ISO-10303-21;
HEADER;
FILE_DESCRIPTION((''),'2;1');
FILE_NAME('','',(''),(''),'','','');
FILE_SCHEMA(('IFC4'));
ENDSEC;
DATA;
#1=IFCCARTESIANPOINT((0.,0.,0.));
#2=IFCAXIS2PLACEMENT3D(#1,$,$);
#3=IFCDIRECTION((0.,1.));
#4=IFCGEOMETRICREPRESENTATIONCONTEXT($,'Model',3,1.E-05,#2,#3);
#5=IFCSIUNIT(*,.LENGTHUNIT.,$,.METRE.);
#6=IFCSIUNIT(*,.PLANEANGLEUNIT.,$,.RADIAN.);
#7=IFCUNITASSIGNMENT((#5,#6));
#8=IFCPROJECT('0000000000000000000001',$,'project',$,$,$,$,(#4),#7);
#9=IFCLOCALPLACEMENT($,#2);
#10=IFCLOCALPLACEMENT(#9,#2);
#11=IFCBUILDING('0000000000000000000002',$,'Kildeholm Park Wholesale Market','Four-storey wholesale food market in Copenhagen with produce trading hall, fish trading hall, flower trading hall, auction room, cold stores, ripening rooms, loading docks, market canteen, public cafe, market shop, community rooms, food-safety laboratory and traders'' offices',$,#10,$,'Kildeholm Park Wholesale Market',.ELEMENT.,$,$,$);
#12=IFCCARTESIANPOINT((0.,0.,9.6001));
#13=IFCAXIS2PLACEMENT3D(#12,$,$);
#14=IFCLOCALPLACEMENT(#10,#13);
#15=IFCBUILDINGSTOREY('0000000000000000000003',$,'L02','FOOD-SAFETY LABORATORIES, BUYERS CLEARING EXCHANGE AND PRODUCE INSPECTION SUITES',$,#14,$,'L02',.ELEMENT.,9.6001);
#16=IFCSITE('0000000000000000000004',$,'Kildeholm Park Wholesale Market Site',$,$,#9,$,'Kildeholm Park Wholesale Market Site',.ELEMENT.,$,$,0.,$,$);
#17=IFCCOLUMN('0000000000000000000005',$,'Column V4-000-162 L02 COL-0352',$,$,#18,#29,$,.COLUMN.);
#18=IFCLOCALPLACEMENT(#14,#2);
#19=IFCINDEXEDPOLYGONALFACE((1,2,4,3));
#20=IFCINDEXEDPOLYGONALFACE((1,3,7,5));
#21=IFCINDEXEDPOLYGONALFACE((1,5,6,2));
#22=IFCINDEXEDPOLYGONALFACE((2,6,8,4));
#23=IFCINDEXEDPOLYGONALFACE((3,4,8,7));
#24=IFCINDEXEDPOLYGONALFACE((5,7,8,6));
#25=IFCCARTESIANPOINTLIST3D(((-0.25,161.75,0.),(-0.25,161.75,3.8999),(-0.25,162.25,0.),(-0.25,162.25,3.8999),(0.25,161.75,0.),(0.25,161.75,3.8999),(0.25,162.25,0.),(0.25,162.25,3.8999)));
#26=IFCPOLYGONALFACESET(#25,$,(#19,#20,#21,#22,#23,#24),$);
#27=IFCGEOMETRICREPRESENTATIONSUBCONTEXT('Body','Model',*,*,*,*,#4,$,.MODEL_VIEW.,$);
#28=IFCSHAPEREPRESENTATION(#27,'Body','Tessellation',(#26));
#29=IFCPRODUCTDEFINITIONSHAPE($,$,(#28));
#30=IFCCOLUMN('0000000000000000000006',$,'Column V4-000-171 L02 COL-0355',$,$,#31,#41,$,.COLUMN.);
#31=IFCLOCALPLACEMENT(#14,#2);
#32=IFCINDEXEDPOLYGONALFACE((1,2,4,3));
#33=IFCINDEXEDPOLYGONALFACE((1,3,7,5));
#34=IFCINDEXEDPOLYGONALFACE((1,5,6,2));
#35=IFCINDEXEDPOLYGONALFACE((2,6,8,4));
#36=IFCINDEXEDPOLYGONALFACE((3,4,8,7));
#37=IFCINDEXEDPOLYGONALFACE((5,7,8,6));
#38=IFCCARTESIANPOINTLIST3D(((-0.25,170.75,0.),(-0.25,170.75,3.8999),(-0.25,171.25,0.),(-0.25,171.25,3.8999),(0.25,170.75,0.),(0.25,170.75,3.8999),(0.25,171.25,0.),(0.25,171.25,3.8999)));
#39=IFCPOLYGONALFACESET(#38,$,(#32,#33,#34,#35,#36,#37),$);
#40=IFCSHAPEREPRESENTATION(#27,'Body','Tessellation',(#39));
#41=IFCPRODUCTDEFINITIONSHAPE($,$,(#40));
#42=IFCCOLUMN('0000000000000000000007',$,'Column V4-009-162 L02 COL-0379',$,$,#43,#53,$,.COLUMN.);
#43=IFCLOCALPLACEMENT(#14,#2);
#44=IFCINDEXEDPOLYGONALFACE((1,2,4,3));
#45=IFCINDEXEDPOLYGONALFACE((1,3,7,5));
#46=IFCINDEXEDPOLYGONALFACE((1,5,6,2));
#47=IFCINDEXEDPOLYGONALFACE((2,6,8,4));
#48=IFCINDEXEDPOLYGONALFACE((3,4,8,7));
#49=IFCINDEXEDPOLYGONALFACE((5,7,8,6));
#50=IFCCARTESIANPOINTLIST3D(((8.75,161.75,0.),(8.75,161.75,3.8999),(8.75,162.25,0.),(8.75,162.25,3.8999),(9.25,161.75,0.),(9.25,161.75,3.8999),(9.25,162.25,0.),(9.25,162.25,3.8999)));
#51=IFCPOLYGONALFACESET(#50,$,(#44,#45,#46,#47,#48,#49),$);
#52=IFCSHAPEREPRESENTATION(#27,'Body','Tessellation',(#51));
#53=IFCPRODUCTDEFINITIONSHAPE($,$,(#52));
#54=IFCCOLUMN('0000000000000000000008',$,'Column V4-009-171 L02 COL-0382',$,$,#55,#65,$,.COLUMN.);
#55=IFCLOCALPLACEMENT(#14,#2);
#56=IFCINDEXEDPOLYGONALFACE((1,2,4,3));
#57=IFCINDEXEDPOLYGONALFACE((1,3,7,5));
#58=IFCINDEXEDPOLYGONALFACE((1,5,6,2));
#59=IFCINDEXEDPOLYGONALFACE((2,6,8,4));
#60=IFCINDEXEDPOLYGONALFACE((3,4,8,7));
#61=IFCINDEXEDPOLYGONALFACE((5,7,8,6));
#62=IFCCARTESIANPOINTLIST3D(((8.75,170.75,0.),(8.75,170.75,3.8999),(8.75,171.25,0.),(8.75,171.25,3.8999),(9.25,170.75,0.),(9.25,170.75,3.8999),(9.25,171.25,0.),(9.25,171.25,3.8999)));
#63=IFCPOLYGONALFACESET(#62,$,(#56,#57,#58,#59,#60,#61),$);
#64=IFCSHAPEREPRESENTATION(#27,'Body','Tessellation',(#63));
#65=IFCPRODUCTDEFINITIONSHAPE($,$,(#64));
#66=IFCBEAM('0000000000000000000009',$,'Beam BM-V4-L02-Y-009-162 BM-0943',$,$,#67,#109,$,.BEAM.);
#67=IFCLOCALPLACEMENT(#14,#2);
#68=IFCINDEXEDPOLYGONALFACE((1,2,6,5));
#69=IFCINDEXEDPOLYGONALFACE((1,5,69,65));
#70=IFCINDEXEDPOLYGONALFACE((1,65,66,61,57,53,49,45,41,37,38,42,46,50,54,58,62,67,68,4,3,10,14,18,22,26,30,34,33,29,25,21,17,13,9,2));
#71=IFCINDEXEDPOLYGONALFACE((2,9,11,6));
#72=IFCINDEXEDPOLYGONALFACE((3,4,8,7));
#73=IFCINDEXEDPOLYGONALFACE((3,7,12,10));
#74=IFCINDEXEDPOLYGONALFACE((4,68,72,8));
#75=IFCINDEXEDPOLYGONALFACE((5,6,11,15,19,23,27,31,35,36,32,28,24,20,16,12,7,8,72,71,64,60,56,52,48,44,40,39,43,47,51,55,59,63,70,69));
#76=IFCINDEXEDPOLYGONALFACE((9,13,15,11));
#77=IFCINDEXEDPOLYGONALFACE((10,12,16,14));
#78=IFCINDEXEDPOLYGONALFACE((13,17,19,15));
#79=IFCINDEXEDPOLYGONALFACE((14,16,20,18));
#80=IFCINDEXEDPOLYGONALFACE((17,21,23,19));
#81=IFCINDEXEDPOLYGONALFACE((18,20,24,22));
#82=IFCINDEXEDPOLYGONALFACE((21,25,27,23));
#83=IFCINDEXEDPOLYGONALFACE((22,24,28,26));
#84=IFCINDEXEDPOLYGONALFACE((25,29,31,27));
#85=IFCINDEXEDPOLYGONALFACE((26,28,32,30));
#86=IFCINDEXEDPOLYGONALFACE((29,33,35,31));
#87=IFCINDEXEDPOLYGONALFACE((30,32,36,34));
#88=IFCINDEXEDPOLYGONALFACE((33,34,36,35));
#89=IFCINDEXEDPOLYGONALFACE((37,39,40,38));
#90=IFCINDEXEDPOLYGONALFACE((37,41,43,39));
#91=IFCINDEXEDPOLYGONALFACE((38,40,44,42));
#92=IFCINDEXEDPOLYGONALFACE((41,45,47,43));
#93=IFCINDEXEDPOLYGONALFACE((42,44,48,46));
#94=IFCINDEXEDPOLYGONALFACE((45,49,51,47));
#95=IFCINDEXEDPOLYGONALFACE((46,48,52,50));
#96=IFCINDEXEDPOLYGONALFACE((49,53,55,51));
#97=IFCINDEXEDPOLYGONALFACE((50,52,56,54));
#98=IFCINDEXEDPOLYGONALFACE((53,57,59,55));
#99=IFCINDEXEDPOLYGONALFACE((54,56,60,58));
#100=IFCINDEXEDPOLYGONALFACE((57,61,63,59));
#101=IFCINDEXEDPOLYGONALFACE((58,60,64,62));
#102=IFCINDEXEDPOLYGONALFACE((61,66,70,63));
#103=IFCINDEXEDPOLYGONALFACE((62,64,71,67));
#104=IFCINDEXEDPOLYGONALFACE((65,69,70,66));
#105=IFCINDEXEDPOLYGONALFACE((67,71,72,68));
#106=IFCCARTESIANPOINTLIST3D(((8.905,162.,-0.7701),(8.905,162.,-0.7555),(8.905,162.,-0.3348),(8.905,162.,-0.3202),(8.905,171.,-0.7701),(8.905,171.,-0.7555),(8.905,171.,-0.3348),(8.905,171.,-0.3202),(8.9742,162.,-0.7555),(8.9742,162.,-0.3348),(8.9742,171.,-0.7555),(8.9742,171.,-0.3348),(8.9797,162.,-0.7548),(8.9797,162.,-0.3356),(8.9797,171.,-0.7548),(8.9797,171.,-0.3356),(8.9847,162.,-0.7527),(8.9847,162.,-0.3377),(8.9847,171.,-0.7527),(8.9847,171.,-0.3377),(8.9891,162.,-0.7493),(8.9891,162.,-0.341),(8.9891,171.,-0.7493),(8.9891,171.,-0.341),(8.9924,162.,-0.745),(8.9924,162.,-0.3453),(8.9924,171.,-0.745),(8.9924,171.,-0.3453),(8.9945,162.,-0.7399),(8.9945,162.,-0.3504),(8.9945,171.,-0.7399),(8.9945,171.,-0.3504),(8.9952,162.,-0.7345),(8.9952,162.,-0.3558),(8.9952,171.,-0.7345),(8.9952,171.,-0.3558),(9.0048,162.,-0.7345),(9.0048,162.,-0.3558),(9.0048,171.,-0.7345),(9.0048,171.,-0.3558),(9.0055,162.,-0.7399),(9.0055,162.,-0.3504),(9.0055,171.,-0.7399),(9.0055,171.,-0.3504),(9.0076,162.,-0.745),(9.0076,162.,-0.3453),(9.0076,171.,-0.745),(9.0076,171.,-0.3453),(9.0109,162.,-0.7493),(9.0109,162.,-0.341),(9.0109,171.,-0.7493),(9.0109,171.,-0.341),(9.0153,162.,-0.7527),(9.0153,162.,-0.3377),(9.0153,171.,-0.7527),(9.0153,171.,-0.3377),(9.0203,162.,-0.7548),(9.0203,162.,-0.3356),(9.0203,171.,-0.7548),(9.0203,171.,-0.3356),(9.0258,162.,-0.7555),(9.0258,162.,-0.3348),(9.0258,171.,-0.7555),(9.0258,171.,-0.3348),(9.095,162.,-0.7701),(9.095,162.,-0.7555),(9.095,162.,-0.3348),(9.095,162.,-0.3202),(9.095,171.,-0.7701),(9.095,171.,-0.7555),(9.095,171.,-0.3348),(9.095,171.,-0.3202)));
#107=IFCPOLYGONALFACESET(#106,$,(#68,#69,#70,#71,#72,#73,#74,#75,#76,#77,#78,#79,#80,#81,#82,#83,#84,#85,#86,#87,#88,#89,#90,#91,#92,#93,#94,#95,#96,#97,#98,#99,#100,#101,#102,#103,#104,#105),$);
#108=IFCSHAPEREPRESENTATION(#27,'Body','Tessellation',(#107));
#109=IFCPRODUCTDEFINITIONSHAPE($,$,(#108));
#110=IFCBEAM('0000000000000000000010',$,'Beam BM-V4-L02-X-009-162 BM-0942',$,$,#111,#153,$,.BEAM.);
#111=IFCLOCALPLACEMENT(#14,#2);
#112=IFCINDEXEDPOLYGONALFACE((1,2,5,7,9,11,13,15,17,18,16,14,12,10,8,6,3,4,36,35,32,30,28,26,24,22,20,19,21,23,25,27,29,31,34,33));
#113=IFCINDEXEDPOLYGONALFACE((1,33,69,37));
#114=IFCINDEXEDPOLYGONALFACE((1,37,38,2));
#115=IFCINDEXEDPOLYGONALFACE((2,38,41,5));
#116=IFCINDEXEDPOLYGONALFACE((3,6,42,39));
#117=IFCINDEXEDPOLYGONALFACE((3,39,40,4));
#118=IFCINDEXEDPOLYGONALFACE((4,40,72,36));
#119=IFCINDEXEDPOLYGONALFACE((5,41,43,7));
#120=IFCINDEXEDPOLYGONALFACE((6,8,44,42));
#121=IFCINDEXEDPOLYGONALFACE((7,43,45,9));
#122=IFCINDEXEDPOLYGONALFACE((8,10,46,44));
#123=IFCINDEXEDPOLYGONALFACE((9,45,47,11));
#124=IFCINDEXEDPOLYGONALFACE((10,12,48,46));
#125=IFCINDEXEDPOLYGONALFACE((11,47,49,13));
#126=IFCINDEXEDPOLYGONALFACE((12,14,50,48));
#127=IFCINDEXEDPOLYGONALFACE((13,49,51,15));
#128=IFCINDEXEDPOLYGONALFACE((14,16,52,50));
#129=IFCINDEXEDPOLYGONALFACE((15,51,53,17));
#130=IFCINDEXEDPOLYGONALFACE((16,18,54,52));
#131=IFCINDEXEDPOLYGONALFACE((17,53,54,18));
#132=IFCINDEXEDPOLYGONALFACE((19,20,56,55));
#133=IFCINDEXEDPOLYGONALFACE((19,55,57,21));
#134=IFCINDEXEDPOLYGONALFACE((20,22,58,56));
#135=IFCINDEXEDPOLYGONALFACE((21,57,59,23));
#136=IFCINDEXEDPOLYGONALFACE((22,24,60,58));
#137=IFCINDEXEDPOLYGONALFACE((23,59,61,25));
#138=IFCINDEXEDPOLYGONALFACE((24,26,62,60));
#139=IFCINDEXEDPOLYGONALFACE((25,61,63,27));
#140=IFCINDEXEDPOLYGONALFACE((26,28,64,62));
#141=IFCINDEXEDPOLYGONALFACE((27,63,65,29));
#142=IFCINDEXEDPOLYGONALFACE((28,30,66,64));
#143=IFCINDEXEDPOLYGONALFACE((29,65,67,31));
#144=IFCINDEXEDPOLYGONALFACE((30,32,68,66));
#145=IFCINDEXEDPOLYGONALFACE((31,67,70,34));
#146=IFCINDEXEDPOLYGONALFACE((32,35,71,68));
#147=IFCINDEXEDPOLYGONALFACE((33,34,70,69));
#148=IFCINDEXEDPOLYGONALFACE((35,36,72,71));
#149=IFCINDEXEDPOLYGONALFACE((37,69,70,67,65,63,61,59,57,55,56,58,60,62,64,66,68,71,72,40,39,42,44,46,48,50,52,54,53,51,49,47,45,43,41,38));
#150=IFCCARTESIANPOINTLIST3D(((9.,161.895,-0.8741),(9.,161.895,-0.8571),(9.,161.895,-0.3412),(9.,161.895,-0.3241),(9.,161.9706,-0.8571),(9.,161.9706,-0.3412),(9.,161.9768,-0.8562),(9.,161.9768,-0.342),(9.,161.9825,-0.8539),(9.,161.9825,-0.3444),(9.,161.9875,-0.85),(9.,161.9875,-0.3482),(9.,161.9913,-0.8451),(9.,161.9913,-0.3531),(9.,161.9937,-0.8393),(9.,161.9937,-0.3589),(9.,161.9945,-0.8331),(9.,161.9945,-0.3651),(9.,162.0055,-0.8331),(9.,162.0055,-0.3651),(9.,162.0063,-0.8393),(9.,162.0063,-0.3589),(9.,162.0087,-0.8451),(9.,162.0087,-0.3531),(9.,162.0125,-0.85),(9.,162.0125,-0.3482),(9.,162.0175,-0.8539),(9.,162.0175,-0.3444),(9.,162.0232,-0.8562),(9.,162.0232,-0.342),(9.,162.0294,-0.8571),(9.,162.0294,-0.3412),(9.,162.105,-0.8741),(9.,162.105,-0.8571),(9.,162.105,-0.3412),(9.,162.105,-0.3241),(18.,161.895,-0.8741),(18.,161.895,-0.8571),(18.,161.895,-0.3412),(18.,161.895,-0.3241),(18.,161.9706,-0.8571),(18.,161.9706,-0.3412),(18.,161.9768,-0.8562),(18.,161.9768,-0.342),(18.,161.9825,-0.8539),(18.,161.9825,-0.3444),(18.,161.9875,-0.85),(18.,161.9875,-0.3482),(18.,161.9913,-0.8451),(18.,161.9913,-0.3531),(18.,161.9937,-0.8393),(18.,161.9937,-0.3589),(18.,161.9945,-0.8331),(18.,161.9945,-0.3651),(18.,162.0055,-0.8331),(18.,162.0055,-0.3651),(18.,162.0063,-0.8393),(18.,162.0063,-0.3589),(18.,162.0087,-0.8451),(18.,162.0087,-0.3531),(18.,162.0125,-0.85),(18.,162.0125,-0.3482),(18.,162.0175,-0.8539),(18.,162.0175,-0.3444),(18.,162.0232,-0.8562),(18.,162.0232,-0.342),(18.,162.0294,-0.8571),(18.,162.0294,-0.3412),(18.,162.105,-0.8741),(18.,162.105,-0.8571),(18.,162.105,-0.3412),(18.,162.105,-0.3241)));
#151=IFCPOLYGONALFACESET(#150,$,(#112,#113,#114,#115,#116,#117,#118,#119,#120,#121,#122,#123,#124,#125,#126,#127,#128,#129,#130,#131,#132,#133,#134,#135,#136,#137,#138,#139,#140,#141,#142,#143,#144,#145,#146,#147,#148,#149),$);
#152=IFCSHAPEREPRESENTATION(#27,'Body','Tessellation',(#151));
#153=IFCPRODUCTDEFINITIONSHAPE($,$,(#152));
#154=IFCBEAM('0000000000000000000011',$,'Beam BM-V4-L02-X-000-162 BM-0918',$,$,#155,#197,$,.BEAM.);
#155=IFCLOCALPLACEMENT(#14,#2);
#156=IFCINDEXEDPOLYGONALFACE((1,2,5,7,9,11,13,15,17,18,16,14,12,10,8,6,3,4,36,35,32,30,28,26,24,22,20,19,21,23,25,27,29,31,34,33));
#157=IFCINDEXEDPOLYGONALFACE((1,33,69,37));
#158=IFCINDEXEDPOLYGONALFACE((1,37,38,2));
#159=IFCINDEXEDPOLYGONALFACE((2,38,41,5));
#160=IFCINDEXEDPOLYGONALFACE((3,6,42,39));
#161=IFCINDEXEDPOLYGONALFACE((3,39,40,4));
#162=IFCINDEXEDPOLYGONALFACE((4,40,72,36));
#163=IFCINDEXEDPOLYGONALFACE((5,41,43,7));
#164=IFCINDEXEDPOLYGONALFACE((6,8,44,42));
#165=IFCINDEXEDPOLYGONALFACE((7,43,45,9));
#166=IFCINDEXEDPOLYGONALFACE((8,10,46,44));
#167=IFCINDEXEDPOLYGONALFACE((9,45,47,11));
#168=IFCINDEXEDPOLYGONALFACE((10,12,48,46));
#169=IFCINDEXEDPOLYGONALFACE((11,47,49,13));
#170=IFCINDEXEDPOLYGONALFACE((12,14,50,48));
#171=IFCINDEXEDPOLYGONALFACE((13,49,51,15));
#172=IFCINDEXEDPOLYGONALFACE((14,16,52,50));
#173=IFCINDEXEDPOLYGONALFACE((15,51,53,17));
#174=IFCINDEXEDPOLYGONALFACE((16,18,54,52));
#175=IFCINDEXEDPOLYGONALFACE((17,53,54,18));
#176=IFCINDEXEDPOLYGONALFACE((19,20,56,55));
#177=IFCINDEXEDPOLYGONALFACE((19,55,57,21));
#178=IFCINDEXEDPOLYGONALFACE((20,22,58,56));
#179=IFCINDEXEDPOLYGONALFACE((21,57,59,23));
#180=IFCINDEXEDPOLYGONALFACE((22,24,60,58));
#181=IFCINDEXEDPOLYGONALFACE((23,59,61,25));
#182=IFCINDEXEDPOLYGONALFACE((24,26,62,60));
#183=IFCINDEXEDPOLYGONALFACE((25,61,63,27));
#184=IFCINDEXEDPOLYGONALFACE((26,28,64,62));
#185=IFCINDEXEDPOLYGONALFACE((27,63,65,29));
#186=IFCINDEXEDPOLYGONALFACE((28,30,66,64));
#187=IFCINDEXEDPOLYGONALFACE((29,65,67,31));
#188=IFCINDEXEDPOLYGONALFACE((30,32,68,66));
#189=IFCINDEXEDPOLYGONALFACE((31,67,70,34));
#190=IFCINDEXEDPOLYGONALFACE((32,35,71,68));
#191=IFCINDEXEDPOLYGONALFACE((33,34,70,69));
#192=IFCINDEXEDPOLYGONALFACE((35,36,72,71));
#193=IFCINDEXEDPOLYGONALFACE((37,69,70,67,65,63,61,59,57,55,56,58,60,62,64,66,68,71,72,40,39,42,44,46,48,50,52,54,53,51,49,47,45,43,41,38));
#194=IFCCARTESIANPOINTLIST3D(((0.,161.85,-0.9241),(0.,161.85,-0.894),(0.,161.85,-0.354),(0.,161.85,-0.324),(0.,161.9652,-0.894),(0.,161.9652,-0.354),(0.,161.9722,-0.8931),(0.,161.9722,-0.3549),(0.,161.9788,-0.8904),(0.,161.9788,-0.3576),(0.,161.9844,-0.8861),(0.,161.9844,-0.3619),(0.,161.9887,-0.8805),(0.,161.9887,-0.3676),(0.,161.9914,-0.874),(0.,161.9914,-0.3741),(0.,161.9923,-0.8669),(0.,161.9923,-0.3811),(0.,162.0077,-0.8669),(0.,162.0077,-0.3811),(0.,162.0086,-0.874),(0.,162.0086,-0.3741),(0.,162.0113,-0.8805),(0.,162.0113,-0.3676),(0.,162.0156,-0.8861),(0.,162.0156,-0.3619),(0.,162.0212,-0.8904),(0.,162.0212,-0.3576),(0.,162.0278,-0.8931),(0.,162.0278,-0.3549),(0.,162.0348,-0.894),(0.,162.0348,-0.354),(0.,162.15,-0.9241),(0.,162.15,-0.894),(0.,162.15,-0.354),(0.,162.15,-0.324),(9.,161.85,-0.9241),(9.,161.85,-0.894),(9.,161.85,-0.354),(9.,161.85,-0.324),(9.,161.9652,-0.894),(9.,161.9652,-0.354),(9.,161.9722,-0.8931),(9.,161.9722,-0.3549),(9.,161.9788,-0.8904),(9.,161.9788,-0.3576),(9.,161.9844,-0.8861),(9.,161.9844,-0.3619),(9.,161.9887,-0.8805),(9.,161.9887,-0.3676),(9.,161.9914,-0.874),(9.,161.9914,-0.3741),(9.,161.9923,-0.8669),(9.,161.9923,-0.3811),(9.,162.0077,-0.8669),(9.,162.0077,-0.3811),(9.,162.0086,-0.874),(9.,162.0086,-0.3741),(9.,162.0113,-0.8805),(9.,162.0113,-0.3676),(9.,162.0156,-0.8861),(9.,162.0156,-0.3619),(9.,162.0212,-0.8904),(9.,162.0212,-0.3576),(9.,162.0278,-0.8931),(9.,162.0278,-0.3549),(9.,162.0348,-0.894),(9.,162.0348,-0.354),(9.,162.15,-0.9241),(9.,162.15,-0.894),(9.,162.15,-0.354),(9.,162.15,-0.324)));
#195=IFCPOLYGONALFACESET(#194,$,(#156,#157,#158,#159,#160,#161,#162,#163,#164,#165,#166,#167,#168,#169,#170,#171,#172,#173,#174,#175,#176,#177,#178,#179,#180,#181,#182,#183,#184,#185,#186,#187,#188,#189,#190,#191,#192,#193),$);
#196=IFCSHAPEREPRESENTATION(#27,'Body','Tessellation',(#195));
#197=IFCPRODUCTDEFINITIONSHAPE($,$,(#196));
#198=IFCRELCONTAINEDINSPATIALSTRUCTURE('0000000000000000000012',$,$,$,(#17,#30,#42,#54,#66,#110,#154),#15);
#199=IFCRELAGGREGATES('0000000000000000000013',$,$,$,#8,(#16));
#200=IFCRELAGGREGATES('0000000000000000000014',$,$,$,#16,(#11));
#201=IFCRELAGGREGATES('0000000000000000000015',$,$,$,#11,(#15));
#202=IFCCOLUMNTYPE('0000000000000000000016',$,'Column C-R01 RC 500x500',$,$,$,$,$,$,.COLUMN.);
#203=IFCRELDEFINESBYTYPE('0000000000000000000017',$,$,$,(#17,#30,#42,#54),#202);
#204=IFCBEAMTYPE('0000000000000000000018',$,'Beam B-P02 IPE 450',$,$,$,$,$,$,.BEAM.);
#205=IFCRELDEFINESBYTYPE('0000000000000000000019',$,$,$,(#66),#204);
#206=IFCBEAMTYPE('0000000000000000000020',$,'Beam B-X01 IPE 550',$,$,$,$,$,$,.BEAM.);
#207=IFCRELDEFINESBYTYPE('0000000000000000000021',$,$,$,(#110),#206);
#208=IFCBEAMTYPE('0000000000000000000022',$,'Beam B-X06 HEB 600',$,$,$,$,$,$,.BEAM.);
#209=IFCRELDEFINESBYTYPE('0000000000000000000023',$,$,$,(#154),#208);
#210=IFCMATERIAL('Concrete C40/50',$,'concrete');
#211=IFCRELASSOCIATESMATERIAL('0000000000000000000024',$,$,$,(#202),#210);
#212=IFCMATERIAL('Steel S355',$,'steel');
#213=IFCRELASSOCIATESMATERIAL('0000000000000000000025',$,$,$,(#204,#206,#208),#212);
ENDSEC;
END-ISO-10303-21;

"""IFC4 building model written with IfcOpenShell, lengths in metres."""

from ifc_helpers import new_model, si_unit, direction, frame, origin, origin_2d, place, context, subcontext, project, spatial, rectangle, i_section, extrude, material, material_profile, profile_set, type_object, element, save


model = new_model("IFC4")

# Units and contexts
model_context = context("Model", 3, precision=1e-05, world=origin(), true_north=direction((0.0, 1.0)))
body_context = subcontext(model_context, "Body", "Model", "MODEL_VIEW")
ifc_project = project(units=[si_unit("LENGTHUNIT", "METRE"), si_unit("PLANEANGLEUNIT", "RADIAN")], contexts=[model_context])

# Site, building, storey
site_placement = place(None, origin())
site = spatial("IfcSite", under=ifc_project, at=site_placement, Name="Kildeholm Park Wholesale Market Site", LongName="Kildeholm Park Wholesale Market Site", CompositionType="ELEMENT", RefElevation=0.0)
building_placement = place(site_placement, origin())
building = spatial("IfcBuilding", under=site, at=building_placement, Name="Kildeholm Park Wholesale Market", Description="Four-storey wholesale food market in Copenhagen with produce trading hall, fish trading hall, flower trading hall, auction room, cold stores, ripening rooms, loading docks, market canteen, public cafe, market shop, community rooms, food-safety laboratory and traders' offices", LongName="Kildeholm Park Wholesale Market", CompositionType="ELEMENT")
storey_placement = place(building_placement, frame((0.0, 0.0, 9.6001)))
storey = spatial("IfcBuildingStorey", under=building, at=storey_placement, Name="L02", Description="FOOD-SAFETY LABORATORIES, BUYERS CLEARING EXCHANGE AND PRODUCE INSPECTION SUITES", LongName="L02", CompositionType="ELEMENT", Elevation=9.6001)

# Columns
ifc_material_1 = material(Name="Concrete C40/50", Category="concrete")
ifc_material_profile_1 = material_profile(ifc_material_1, rectangle(XDim=0.5, YDim=0.5, at=origin_2d()), Name="RC 500x500")
ifc_profile_set_1 = profile_set([ifc_material_profile_1], Name="Concrete C40/50")
column_type = type_object("IfcColumnType", Name="Column C-R01 RC 500x500", PredefinedType="COLUMN", material=ifc_profile_set_1)
for number, where, z_axis, x_axis, name in (
    (1, (0.0, 162.0, 0.0), (0.0, 0.0, 1.0), (1.0, 0.0, 0.0), "Column V4-000-162 L02 COL-0352"),
    (2, (0.0, 171.0, 0.0), (0.0, 0.0, 1.0), (1.0, 0.0, 0.0), "Column V4-000-171 L02 COL-0355"),
    (3, (9.0, 162.0, 0.0), (0.0, 0.0, 1.0), (1.0, 0.0, 0.0), "Column V4-009-162 L02 COL-0379"),
    (4, (9.0, 171.0, 0.0), (0.0, 0.0, 1.0), (1.0, 0.0, 0.0), "Column V4-009-171 L02 COL-0382"),
):
    element("IfcColumn", number, at=place(storey_placement, frame(where, z_axis=z_axis, x_axis=x_axis)), inside=storey, type_object=column_type, Name=name, PredefinedType="COLUMN", context=body_context, shape_type="SweptSolid", body=[
        extrude(rectangle(XDim=0.5, YDim=0.5, at=origin_2d()), origin(), (0.0, 0.0, 1.0), 3.8999),
    ])

# Beams
ifc_material_2 = material(Name="Steel S355", Category="steel")
ifc_material_profile_2 = material_profile(ifc_material_2, i_section(OverallWidth=0.1899, OverallDepth=0.45, WebThickness=0.0095, FlangeThickness=0.0146, FilletRadius=0.021, at=origin_2d()), Name="IPE 450")
ifc_profile_set_2 = profile_set([ifc_material_profile_2], Name="Steel S355")
beam_type_1 = type_object("IfcBeamType", Name="Beam B-P02 IPE 450", PredefinedType="BEAM", material=ifc_profile_set_2)
beam_1_placement = place(storey_placement, frame((9.0, 162.0, -0.5452), z_axis=(0.0, 1.0, 0.0), x_axis=(-1.0, 0.0, 0.0)))
element("IfcBeam", 5, at=beam_1_placement, inside=storey, type_object=beam_type_1, Name="Beam BM-V4-L02-Y-009-162 BM-0943", PredefinedType="BEAM", context=body_context, shape_type="SweptSolid", body=[
    extrude(i_section(OverallWidth=0.1899, OverallDepth=0.45, WebThickness=0.0095, FlangeThickness=0.0146, FilletRadius=0.021, at=origin_2d()), origin(), (0.0, 0.0, 1.0), 9.0),
])
ifc_material_profile_3 = material_profile(ifc_material_2, i_section(OverallWidth=0.21, OverallDepth=0.55, WebThickness=0.011, FlangeThickness=0.0171, FilletRadius=0.0239, at=origin_2d()), Name="IPE 550")
ifc_profile_set_3 = profile_set([ifc_material_profile_3], Name="Steel S355")
beam_type_2 = type_object("IfcBeamType", Name="Beam B-X01 IPE 550", PredefinedType="BEAM", material=ifc_profile_set_3)
beam_2_placement = place(storey_placement, frame((9.0, 162.0, -0.5991), z_axis=(1.0, 0.0, 0.0), x_axis=(0.0, 1.0, 0.0)))
element("IfcBeam", 6, at=beam_2_placement, inside=storey, type_object=beam_type_2, Name="Beam BM-V4-L02-X-009-162 BM-0942", PredefinedType="BEAM", context=body_context, shape_type="SweptSolid", body=[
    extrude(i_section(OverallWidth=0.21, OverallDepth=0.55, WebThickness=0.011, FlangeThickness=0.0171, FilletRadius=0.0239, at=origin_2d()), origin(), (0.0, 0.0, 1.0), 9.0),
])
ifc_material_profile_4 = material_profile(ifc_material_2, i_section(OverallWidth=0.3, OverallDepth=0.6001, WebThickness=0.0154, FlangeThickness=0.03, FilletRadius=0.0271, at=origin_2d()), Name="HEB 600")
ifc_profile_set_4 = profile_set([ifc_material_profile_4], Name="Steel S355")
beam_type_3 = type_object("IfcBeamType", Name="Beam B-X06 HEB 600", PredefinedType="BEAM", material=ifc_profile_set_4)
beam_3_placement = place(storey_placement, frame((0.0, 162.0, -0.624), z_axis=(1.0, 0.0, 0.0), x_axis=(0.0, 1.0, 0.0)))
element("IfcBeam", 7, at=beam_3_placement, inside=storey, type_object=beam_type_3, Name="Beam BM-V4-L02-X-000-162 BM-0918", PredefinedType="BEAM", context=body_context, shape_type="SweptSolid", body=[
    extrude(i_section(OverallWidth=0.3, OverallDepth=0.6001, WebThickness=0.0154, FlangeThickness=0.03, FilletRadius=0.0271, at=origin_2d()), origin(), (0.0, 0.0, 1.0), 9.0),
])

save(model, "model.ifc")
